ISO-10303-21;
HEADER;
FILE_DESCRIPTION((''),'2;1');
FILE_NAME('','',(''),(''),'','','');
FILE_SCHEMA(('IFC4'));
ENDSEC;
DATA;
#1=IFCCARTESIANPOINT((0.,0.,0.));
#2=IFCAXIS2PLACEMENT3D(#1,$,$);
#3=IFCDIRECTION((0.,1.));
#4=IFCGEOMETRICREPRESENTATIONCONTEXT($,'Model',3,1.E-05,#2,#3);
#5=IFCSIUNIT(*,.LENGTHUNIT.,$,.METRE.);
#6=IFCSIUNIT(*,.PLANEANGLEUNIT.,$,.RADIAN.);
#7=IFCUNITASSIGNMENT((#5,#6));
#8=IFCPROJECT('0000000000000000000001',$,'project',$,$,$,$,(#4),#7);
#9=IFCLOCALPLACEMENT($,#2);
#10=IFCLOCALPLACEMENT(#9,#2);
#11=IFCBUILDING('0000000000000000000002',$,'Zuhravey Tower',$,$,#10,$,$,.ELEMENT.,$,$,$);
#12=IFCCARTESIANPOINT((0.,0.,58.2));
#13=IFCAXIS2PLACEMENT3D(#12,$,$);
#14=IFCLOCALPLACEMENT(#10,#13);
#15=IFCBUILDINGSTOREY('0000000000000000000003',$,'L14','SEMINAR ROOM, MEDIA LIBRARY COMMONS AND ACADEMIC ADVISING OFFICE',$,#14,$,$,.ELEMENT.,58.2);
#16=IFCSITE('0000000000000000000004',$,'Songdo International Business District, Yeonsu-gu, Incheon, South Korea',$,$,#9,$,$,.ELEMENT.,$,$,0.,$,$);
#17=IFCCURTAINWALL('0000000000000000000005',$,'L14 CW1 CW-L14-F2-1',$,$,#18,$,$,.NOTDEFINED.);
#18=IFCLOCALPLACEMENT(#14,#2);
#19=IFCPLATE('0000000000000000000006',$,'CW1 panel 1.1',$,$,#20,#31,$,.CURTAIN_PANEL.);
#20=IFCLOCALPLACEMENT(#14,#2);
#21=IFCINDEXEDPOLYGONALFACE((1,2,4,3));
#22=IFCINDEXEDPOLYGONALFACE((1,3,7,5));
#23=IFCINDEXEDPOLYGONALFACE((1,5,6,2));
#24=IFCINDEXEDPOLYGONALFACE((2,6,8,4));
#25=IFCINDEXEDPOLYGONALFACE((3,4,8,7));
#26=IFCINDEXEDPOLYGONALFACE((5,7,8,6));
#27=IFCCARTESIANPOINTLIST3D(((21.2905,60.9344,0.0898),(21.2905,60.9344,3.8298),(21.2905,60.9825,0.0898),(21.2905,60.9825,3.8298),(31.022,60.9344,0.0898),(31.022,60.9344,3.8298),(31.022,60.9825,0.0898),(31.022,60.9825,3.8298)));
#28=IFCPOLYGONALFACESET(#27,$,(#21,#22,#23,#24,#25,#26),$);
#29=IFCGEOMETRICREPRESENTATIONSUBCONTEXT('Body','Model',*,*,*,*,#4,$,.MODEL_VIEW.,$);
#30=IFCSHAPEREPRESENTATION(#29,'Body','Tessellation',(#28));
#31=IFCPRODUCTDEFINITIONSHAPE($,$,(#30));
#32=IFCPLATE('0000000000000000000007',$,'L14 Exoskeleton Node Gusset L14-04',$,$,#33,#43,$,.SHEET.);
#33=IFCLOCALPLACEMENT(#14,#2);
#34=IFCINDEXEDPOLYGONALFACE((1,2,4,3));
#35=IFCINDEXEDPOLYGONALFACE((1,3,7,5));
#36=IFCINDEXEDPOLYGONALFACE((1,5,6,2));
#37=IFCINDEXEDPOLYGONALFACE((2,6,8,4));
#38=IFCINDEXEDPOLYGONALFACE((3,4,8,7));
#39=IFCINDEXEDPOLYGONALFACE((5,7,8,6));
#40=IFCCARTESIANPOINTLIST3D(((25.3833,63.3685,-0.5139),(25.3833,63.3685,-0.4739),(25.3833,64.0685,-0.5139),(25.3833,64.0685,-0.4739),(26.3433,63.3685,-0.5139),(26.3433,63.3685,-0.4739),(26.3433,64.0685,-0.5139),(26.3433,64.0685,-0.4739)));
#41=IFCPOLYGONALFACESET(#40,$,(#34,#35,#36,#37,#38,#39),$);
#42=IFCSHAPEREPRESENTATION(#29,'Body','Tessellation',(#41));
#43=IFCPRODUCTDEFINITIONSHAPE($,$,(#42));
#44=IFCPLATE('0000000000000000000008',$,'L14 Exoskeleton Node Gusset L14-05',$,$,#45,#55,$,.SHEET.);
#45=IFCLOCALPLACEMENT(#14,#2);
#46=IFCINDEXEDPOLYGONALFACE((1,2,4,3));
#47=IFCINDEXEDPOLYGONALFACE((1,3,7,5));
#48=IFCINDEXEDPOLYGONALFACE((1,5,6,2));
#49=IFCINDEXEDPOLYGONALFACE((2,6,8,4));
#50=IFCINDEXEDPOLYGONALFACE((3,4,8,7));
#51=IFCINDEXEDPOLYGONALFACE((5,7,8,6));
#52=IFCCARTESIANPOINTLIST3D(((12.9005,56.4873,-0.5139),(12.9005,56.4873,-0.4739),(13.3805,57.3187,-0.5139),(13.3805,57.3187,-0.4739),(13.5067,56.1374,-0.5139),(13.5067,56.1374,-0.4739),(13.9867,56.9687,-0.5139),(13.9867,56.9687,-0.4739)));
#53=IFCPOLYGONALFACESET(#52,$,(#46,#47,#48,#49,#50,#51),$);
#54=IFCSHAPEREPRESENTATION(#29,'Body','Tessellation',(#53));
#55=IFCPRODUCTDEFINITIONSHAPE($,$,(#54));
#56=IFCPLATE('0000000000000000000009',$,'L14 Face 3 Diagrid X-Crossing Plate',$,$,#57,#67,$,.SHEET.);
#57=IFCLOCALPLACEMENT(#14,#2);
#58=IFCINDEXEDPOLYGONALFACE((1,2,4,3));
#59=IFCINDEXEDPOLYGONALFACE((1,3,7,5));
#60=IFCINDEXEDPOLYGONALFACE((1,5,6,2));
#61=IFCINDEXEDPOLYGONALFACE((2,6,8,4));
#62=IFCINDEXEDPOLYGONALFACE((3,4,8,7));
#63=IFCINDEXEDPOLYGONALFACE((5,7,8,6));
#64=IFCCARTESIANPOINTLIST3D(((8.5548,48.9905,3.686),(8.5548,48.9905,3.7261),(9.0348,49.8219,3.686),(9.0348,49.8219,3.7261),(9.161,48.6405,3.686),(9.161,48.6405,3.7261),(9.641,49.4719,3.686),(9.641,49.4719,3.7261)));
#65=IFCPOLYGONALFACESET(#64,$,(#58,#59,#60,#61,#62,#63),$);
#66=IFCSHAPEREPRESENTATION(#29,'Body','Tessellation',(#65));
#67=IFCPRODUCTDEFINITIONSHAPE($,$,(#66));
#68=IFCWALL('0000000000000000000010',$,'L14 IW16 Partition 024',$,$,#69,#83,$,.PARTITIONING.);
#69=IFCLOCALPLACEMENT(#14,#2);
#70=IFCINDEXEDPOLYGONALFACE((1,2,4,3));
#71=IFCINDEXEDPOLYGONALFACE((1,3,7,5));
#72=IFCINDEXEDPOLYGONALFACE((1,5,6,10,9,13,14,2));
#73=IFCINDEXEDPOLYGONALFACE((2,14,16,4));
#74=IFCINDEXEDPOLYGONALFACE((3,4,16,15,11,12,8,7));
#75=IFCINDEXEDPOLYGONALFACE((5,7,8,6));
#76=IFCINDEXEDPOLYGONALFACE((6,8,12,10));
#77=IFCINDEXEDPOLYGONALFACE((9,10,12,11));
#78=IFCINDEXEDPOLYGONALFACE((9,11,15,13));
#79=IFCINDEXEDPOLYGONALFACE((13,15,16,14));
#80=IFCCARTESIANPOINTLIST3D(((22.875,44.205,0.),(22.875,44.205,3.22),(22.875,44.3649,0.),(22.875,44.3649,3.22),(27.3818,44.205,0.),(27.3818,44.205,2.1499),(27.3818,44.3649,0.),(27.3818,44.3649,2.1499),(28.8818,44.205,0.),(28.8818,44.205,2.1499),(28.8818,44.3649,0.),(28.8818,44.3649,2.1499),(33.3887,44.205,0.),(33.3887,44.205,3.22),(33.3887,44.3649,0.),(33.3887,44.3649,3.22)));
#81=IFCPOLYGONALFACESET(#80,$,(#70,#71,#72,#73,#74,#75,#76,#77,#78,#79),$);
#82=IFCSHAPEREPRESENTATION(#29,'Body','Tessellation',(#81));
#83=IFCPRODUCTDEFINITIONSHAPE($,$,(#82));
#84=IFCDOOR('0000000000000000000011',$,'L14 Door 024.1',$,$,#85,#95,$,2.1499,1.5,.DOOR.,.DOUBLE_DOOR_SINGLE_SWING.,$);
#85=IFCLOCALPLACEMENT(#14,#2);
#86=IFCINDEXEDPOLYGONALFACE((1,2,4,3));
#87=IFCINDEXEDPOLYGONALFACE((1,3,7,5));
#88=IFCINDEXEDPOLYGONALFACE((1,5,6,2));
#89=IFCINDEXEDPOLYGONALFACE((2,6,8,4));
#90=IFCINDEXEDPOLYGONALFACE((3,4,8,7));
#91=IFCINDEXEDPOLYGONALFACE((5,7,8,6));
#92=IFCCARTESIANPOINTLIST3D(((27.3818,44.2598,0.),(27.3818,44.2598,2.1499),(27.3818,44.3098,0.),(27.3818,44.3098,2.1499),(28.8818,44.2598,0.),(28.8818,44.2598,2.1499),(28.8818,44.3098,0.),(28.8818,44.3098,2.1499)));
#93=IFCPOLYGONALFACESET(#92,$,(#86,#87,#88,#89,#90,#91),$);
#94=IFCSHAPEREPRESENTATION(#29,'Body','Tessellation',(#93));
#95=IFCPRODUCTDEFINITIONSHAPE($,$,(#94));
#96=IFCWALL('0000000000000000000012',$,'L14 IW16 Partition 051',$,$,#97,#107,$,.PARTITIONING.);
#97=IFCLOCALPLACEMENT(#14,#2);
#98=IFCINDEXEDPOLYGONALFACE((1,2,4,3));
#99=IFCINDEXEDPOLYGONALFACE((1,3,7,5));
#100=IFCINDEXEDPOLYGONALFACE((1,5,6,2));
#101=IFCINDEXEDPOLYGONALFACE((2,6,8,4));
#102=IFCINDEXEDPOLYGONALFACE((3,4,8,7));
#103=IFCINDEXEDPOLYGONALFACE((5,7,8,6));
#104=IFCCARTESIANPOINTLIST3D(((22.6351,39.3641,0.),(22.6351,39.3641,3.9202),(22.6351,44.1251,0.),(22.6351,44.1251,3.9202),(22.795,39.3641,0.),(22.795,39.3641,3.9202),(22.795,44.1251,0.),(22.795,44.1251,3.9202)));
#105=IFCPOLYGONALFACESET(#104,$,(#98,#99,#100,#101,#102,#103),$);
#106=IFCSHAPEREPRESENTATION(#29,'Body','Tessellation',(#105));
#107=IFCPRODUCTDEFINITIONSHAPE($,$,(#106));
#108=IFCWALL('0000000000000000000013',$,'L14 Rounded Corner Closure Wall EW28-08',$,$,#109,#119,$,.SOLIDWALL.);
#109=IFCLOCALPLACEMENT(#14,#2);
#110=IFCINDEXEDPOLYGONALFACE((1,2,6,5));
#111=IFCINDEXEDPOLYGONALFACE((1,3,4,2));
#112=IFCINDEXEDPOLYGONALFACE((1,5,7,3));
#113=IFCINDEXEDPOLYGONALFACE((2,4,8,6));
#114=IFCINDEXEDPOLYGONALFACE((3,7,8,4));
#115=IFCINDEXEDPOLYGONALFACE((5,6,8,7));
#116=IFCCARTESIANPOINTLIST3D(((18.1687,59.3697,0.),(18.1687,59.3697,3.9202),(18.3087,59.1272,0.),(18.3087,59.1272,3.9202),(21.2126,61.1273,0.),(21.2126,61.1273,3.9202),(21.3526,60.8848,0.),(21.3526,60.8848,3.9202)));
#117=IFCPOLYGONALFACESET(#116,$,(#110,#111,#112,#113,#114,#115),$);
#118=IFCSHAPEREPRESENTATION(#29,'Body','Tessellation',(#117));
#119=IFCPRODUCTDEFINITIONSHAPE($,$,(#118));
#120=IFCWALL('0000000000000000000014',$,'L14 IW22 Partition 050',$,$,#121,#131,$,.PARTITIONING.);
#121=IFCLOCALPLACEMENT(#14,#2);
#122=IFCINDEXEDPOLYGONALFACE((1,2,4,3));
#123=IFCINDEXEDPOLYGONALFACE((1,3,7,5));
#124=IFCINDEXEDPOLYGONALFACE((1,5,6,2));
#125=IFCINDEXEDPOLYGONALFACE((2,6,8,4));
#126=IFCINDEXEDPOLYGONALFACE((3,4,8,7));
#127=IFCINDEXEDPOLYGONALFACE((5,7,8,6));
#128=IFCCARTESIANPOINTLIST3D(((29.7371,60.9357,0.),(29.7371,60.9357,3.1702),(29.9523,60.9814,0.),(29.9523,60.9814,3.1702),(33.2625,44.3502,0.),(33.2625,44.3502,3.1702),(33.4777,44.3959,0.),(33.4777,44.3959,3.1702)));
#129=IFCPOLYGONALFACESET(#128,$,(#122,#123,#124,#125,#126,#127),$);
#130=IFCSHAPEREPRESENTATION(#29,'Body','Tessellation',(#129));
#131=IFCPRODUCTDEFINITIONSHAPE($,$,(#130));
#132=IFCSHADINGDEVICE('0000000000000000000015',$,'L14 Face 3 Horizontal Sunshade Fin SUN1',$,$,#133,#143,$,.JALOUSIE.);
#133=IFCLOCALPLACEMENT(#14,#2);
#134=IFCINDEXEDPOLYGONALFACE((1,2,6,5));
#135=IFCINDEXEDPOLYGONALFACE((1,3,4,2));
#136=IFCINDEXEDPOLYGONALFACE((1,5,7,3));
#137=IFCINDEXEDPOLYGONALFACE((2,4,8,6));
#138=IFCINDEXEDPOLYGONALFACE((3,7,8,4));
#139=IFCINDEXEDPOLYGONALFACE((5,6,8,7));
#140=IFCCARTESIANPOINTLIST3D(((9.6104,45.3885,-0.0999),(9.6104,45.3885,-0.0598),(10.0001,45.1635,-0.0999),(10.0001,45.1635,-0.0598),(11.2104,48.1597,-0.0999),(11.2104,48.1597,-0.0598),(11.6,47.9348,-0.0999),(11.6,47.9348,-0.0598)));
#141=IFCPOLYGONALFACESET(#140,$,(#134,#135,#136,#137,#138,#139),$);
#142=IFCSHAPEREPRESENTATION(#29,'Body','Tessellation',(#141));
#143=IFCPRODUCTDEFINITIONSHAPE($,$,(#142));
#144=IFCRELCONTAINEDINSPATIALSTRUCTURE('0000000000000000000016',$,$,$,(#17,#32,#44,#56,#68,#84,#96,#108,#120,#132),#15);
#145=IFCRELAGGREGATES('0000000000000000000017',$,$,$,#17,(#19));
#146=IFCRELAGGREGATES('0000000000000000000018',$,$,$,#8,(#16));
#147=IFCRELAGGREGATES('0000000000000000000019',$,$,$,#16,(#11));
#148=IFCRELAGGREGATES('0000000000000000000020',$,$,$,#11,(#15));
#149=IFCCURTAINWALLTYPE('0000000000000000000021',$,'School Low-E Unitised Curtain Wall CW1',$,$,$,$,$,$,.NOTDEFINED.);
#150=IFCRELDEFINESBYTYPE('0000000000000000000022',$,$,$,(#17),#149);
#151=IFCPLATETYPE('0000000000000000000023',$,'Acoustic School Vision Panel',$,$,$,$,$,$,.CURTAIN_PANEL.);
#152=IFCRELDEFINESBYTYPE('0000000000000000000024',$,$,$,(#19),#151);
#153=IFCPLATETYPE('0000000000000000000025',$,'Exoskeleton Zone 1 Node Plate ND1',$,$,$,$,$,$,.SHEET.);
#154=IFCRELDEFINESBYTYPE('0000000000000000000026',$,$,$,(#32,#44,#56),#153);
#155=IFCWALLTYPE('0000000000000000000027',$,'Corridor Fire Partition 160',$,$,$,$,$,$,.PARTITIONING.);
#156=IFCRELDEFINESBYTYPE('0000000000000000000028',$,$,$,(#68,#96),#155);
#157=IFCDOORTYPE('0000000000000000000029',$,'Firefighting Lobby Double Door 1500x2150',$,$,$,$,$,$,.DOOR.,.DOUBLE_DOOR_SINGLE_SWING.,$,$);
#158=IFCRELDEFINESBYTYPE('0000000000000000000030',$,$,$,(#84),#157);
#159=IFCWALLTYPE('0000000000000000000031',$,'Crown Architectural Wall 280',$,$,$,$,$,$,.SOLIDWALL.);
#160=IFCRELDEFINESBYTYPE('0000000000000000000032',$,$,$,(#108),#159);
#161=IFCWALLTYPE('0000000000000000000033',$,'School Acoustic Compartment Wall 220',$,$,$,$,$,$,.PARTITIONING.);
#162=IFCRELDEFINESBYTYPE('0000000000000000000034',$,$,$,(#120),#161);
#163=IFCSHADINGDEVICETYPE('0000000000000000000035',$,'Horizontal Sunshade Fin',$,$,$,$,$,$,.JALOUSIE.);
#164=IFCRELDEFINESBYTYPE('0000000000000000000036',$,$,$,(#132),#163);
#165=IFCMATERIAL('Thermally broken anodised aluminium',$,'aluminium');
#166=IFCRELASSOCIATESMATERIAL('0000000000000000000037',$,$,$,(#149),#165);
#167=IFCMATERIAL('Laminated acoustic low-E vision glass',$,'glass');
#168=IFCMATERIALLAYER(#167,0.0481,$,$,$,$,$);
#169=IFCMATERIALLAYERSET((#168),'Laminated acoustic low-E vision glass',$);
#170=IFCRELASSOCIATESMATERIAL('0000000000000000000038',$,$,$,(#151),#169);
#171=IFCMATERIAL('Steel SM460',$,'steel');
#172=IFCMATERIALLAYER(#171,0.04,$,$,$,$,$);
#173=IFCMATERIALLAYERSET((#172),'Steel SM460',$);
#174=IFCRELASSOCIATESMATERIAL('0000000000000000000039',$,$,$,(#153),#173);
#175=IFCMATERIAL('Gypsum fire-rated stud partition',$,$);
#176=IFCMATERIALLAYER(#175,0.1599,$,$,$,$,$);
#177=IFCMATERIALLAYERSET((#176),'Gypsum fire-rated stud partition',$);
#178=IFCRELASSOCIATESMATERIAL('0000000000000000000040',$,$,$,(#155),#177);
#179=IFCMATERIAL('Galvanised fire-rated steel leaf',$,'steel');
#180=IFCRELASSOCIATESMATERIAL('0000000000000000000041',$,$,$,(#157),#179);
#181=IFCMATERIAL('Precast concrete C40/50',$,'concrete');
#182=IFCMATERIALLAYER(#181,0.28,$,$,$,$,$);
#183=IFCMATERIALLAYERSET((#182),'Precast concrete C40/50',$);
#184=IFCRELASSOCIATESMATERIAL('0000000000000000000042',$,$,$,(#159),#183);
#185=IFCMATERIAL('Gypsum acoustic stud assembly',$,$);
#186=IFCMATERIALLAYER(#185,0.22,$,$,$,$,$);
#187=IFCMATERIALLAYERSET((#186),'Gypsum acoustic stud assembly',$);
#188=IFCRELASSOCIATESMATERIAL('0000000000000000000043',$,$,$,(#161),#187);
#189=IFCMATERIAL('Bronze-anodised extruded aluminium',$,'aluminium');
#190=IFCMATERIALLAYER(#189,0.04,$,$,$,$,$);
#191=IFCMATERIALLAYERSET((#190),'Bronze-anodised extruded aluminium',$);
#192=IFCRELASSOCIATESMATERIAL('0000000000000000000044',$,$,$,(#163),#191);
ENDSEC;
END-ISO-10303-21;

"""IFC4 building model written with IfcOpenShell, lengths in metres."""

from ifc_helpers import new_model, si_unit, direction, frame, frame_2d, origin, origin_2d, place, context, subcontext, project, spatial, rectangle, extrude, material, layer, layer_set, type_object, element, fill, aggregate, save


model = new_model("IFC4")

# Units and contexts
model_context = context("Model", 3, precision=1e-05, world=origin(), true_north=direction((0.0, 1.0)))
body_context = subcontext(model_context, "Body", "Model", "MODEL_VIEW")
ifc_project = project(units=[si_unit("LENGTHUNIT", "METRE"), si_unit("PLANEANGLEUNIT", "RADIAN")], contexts=[model_context])

# Site, building, storey
site_placement = place(None, origin())
site = spatial("IfcSite", under=ifc_project, at=site_placement, Name="Songdo International Business District, Yeonsu-gu, Incheon, South Korea", CompositionType="ELEMENT", RefElevation=0.0)
building_placement = place(site_placement, origin())
building = spatial("IfcBuilding", under=site, at=building_placement, Name="Zuhravey Tower", CompositionType="ELEMENT")
storey_placement = place(building_placement, frame((0.0, 0.0, 58.2)))
storey = spatial("IfcBuildingStorey", under=building, at=storey_placement, Name="L14", Description="SEMINAR ROOM, MEDIA LIBRARY COMMONS AND ACADEMIC ADVISING OFFICE", CompositionType="ELEMENT", Elevation=58.2)

# Curtain wall
ifc_material_1 = material(Name="Thermally broken anodised aluminium", Category="aluminium")
curtain_wall_type = type_object("IfcCurtainWallType", Name="School Low-E Unitised Curtain Wall CW1", PredefinedType="NOTDEFINED", material=ifc_material_1)
curtain_wall_1_placement = place(storey_placement, origin())
curtain_wall_1 = element("IfcCurtainWall", 1, at=curtain_wall_1_placement, inside=storey, type_object=curtain_wall_type, Name="L14 CW1 CW-L14-F2-1", PredefinedType="NOTDEFINED")

# Shared definitions
ifc_material_2 = material(Name="Steel SM460", Category="steel")

# Plate
ifc_material_3 = material(Name="Laminated acoustic low-E vision glass", Category="glass")
ifc_layer_1 = layer(ifc_material_3, 0.0481)
ifc_layer_set_1 = layer_set([ifc_layer_1], Name="Laminated acoustic low-E vision glass")
plate_type_1 = type_object("IfcPlateType", Name="Acoustic School Vision Panel", PredefinedType="CURTAIN_PANEL", material=ifc_layer_set_1)
plate_1_placement = place(storey_placement, frame((26.1562, 60.9585, 0.0898), z_axis=(0.0, 0.0, 1.0), x_axis=(1.0, 0.0, 0.0)))
plate_1 = element("IfcPlate", 2, at=plate_1_placement, type_object=plate_type_1, Name="CW1 panel 1.1", PredefinedType="CURTAIN_PANEL", context=body_context, shape_type="SweptSolid", body=[
    extrude(rectangle(XDim=9.7314, YDim=0.0481, at=origin_2d()), origin(), (0.0, 0.0, 1.0), 3.74),
])
aggregate(curtain_wall_1, [plate_1])

# Plates
ifc_layer_2 = layer(ifc_material_2, 0.04)
ifc_layer_set_2 = layer_set([ifc_layer_2], Name="Steel SM460")
plate_type_2 = type_object("IfcPlateType", Name="Exoskeleton Zone 1 Node Plate ND1", PredefinedType="SHEET", material=ifc_layer_set_2)
for number, where, z_axis, x_axis, name in (
    (3, (25.8633, 63.7185, -0.5139), (0.0, 0.0, 1.0), (-1.0, 0.0, 0.0), "L14 Exoskeleton Node Gusset L14-04"),
    (4, (13.4436, 56.728, -0.5139), (0.0, 0.0, 1.0), (-0.5, -0.866025, 0.0), "L14 Exoskeleton Node Gusset L14-05"),
    (5, (9.0979, 49.2312, 3.686), (0.0, 0.0, 1.0), (-0.5, -0.866025, 0.0), "L14 Face 3 Diagrid X-Crossing Plate"),
):
    element("IfcPlate", number, at=place(storey_placement, frame(where, z_axis=z_axis, x_axis=x_axis)), inside=storey, type_object=plate_type_2, Name=name, PredefinedType="SHEET", context=body_context, shape_type="SweptSolid", body=[
        extrude(rectangle(XDim=0.96, YDim=0.7, at=origin_2d()), origin(), (0.0, 0.0, 1.0), 0.04),
    ])

# Wall, opening, door
ifc_material_4 = material(Name="Gypsum fire-rated stud partition")
ifc_layer_3 = layer(ifc_material_4, 0.1599)
ifc_layer_set_3 = layer_set([ifc_layer_3], Name="Gypsum fire-rated stud partition")
wall_type_1 = type_object("IfcWallType", Name="Corridor Fire Partition 160", PredefinedType="PARTITIONING", material=ifc_layer_set_3)
wall_1_placement = place(storey_placement, frame((33.3887, 44.2849, 0.0), z_axis=(0.0, 0.0, 1.0), x_axis=(-1.0, 0.0, 0.0)))
wall_1 = element("IfcWall", 6, at=wall_1_placement, inside=storey, type_object=wall_type_1, Name="L14 IW16 Partition 024", PredefinedType="PARTITIONING", context=body_context, shape_type="SweptSolid", body=[
    extrude(rectangle(XDim=10.5137, YDim=0.1599, at=frame_2d((5.2568, 0.0))), origin(), (0.0, 0.0, 1.0), 3.22),
])
opening_placement = place(wall_1_placement, frame((4.5068, 0.0, 0.0)))
opening = element("IfcOpeningElement", 7, at=opening_placement, cuts=wall_1, PredefinedType="OPENING", context=body_context, shape_type="SweptSolid", body=[
    extrude(rectangle(XDim=1.5, YDim=2.1499, at=frame_2d((0.75, 1.075))), frame((0.0, 0.092, 0.0), z_axis=(0.0, -1.0, 0.0), x_axis=(1.0, 0.0, 0.0)), (0.0, 0.0, 1.0), 0.1838),
])
ifc_material_5 = material(Name="Galvanised fire-rated steel leaf", Category="steel")
door_type = type_object("IfcDoorType", Name="Firefighting Lobby Double Door 1500x2150", OperationType="DOUBLE_DOOR_SINGLE_SWING", PredefinedType="DOOR", material=ifc_material_5)
door_placement = place(opening_placement, frame((1.5, 0.0, 0.0), z_axis=(0.0, 0.0, 1.0), x_axis=(-1.0, 0.0, 0.0)))
door = element("IfcDoor", 8, at=door_placement, inside=storey, type_object=door_type, Name="L14 Door 024.1", OperationType="DOUBLE_DOOR_SINGLE_SWING", OverallHeight=2.1499, OverallWidth=1.5, PredefinedType="DOOR", context=body_context, shape_type="SweptSolid", body=[
    extrude(rectangle(XDim=1.5, YDim=2.1499, at=frame_2d((0.75, 1.075))), frame((0.0, 0.0249, 0.0), z_axis=(0.0, -1.0, 0.0), x_axis=(1.0, 0.0, 0.0)), (0.0, 0.0, 1.0), 0.05),
])
fill(opening, door)

# Walls
wall_2_placement = place(storey_placement, frame((22.7151, 44.125, 0.0), z_axis=(0.0, 0.0, 1.0), x_axis=(0.0, -1.0, 0.0)))
element("IfcWall", 9, at=wall_2_placement, inside=storey, type_object=wall_type_1, Name="L14 IW16 Partition 051", PredefinedType="PARTITIONING", context=body_context, shape_type="SweptSolid", body=[
    extrude(rectangle(XDim=4.761, YDim=0.1599, at=frame_2d((2.3804, 0.0))), origin(), (0.0, 0.0, 1.0), 3.9202),
])
ifc_material_6 = material(Name="Precast concrete C40/50", Category="concrete")
ifc_layer_4 = layer(ifc_material_6, 0.28)
ifc_layer_set_4 = layer_set([ifc_layer_4], Name="Precast concrete C40/50")
wall_type_2 = type_object("IfcWallType", Name="Crown Architectural Wall 280", PredefinedType="SOLIDWALL", material=ifc_layer_set_4)
wall_3_placement = place(storey_placement, frame((18.2388, 59.2485, 0.0), z_axis=(0.0, 0.0, 1.0), x_axis=(0.866007, 0.500031, 0.0)))
element("IfcWall", 10, at=wall_3_placement, inside=storey, type_object=wall_type_2, Name="L14 Rounded Corner Closure Wall EW28-08", PredefinedType="SOLIDWALL", context=body_context, shape_type="SweptSolid", body=[
    extrude(rectangle(XDim=3.5149, YDim=0.28, at=frame_2d((1.7573, 0.0))), origin(), (0.0, 0.0, 1.0), 3.9202),
])
ifc_material_7 = material(Name="Gypsum acoustic stud assembly")
ifc_layer_5 = layer(ifc_material_7, 0.22)
ifc_layer_set_5 = layer_set([ifc_layer_5], Name="Gypsum acoustic stud assembly")
wall_type_3 = type_object("IfcWallType", Name="School Acoustic Compartment Wall 220", PredefinedType="PARTITIONING", material=ifc_layer_set_5)
wall_4_placement = place(storey_placement, frame((33.3701, 44.373, 0.0), z_axis=(0.0, 0.0, 1.0), x_axis=(-0.207914, 0.978147, 0.0)))
element("IfcWall", 11, at=wall_4_placement, inside=storey, type_object=wall_type_3, Name="L14 IW22 Partition 050", PredefinedType="PARTITIONING", context=body_context, shape_type="SweptSolid", body=[
    extrude(rectangle(XDim=16.9561, YDim=0.22, at=frame_2d((8.478, 0.0))), origin(), (0.0, 0.0, 1.0), 3.1702),
])

# Shading device
ifc_material_8 = material(Name="Bronze-anodised extruded aluminium", Category="aluminium")
ifc_layer_6 = layer(ifc_material_8, 0.04)
ifc_layer_set_6 = layer_set([ifc_layer_6], Name="Bronze-anodised extruded aluminium")
shading_device_type = type_object("IfcShadingDeviceType", Name="Horizontal Sunshade Fin", PredefinedType="JALOUSIE", material=ifc_layer_set_6)
shading_device_placement = place(storey_placement, frame((10.6052, 46.6616, -0.0999), z_axis=(0.0, 0.0, 1.0), x_axis=(0.5, 0.866025, 0.0)))
element("IfcShadingDevice", 12, at=shading_device_placement, inside=storey, type_object=shading_device_type, Name="L14 Face 3 Horizontal Sunshade Fin SUN1", PredefinedType="JALOUSIE", context=body_context, shape_type="SweptSolid", body=[
    extrude(rectangle(XDim=3.2, YDim=0.45, at=origin_2d()), origin(), (0.0, 0.0, 1.0), 0.04),
])

save(model, "model.ifc")
